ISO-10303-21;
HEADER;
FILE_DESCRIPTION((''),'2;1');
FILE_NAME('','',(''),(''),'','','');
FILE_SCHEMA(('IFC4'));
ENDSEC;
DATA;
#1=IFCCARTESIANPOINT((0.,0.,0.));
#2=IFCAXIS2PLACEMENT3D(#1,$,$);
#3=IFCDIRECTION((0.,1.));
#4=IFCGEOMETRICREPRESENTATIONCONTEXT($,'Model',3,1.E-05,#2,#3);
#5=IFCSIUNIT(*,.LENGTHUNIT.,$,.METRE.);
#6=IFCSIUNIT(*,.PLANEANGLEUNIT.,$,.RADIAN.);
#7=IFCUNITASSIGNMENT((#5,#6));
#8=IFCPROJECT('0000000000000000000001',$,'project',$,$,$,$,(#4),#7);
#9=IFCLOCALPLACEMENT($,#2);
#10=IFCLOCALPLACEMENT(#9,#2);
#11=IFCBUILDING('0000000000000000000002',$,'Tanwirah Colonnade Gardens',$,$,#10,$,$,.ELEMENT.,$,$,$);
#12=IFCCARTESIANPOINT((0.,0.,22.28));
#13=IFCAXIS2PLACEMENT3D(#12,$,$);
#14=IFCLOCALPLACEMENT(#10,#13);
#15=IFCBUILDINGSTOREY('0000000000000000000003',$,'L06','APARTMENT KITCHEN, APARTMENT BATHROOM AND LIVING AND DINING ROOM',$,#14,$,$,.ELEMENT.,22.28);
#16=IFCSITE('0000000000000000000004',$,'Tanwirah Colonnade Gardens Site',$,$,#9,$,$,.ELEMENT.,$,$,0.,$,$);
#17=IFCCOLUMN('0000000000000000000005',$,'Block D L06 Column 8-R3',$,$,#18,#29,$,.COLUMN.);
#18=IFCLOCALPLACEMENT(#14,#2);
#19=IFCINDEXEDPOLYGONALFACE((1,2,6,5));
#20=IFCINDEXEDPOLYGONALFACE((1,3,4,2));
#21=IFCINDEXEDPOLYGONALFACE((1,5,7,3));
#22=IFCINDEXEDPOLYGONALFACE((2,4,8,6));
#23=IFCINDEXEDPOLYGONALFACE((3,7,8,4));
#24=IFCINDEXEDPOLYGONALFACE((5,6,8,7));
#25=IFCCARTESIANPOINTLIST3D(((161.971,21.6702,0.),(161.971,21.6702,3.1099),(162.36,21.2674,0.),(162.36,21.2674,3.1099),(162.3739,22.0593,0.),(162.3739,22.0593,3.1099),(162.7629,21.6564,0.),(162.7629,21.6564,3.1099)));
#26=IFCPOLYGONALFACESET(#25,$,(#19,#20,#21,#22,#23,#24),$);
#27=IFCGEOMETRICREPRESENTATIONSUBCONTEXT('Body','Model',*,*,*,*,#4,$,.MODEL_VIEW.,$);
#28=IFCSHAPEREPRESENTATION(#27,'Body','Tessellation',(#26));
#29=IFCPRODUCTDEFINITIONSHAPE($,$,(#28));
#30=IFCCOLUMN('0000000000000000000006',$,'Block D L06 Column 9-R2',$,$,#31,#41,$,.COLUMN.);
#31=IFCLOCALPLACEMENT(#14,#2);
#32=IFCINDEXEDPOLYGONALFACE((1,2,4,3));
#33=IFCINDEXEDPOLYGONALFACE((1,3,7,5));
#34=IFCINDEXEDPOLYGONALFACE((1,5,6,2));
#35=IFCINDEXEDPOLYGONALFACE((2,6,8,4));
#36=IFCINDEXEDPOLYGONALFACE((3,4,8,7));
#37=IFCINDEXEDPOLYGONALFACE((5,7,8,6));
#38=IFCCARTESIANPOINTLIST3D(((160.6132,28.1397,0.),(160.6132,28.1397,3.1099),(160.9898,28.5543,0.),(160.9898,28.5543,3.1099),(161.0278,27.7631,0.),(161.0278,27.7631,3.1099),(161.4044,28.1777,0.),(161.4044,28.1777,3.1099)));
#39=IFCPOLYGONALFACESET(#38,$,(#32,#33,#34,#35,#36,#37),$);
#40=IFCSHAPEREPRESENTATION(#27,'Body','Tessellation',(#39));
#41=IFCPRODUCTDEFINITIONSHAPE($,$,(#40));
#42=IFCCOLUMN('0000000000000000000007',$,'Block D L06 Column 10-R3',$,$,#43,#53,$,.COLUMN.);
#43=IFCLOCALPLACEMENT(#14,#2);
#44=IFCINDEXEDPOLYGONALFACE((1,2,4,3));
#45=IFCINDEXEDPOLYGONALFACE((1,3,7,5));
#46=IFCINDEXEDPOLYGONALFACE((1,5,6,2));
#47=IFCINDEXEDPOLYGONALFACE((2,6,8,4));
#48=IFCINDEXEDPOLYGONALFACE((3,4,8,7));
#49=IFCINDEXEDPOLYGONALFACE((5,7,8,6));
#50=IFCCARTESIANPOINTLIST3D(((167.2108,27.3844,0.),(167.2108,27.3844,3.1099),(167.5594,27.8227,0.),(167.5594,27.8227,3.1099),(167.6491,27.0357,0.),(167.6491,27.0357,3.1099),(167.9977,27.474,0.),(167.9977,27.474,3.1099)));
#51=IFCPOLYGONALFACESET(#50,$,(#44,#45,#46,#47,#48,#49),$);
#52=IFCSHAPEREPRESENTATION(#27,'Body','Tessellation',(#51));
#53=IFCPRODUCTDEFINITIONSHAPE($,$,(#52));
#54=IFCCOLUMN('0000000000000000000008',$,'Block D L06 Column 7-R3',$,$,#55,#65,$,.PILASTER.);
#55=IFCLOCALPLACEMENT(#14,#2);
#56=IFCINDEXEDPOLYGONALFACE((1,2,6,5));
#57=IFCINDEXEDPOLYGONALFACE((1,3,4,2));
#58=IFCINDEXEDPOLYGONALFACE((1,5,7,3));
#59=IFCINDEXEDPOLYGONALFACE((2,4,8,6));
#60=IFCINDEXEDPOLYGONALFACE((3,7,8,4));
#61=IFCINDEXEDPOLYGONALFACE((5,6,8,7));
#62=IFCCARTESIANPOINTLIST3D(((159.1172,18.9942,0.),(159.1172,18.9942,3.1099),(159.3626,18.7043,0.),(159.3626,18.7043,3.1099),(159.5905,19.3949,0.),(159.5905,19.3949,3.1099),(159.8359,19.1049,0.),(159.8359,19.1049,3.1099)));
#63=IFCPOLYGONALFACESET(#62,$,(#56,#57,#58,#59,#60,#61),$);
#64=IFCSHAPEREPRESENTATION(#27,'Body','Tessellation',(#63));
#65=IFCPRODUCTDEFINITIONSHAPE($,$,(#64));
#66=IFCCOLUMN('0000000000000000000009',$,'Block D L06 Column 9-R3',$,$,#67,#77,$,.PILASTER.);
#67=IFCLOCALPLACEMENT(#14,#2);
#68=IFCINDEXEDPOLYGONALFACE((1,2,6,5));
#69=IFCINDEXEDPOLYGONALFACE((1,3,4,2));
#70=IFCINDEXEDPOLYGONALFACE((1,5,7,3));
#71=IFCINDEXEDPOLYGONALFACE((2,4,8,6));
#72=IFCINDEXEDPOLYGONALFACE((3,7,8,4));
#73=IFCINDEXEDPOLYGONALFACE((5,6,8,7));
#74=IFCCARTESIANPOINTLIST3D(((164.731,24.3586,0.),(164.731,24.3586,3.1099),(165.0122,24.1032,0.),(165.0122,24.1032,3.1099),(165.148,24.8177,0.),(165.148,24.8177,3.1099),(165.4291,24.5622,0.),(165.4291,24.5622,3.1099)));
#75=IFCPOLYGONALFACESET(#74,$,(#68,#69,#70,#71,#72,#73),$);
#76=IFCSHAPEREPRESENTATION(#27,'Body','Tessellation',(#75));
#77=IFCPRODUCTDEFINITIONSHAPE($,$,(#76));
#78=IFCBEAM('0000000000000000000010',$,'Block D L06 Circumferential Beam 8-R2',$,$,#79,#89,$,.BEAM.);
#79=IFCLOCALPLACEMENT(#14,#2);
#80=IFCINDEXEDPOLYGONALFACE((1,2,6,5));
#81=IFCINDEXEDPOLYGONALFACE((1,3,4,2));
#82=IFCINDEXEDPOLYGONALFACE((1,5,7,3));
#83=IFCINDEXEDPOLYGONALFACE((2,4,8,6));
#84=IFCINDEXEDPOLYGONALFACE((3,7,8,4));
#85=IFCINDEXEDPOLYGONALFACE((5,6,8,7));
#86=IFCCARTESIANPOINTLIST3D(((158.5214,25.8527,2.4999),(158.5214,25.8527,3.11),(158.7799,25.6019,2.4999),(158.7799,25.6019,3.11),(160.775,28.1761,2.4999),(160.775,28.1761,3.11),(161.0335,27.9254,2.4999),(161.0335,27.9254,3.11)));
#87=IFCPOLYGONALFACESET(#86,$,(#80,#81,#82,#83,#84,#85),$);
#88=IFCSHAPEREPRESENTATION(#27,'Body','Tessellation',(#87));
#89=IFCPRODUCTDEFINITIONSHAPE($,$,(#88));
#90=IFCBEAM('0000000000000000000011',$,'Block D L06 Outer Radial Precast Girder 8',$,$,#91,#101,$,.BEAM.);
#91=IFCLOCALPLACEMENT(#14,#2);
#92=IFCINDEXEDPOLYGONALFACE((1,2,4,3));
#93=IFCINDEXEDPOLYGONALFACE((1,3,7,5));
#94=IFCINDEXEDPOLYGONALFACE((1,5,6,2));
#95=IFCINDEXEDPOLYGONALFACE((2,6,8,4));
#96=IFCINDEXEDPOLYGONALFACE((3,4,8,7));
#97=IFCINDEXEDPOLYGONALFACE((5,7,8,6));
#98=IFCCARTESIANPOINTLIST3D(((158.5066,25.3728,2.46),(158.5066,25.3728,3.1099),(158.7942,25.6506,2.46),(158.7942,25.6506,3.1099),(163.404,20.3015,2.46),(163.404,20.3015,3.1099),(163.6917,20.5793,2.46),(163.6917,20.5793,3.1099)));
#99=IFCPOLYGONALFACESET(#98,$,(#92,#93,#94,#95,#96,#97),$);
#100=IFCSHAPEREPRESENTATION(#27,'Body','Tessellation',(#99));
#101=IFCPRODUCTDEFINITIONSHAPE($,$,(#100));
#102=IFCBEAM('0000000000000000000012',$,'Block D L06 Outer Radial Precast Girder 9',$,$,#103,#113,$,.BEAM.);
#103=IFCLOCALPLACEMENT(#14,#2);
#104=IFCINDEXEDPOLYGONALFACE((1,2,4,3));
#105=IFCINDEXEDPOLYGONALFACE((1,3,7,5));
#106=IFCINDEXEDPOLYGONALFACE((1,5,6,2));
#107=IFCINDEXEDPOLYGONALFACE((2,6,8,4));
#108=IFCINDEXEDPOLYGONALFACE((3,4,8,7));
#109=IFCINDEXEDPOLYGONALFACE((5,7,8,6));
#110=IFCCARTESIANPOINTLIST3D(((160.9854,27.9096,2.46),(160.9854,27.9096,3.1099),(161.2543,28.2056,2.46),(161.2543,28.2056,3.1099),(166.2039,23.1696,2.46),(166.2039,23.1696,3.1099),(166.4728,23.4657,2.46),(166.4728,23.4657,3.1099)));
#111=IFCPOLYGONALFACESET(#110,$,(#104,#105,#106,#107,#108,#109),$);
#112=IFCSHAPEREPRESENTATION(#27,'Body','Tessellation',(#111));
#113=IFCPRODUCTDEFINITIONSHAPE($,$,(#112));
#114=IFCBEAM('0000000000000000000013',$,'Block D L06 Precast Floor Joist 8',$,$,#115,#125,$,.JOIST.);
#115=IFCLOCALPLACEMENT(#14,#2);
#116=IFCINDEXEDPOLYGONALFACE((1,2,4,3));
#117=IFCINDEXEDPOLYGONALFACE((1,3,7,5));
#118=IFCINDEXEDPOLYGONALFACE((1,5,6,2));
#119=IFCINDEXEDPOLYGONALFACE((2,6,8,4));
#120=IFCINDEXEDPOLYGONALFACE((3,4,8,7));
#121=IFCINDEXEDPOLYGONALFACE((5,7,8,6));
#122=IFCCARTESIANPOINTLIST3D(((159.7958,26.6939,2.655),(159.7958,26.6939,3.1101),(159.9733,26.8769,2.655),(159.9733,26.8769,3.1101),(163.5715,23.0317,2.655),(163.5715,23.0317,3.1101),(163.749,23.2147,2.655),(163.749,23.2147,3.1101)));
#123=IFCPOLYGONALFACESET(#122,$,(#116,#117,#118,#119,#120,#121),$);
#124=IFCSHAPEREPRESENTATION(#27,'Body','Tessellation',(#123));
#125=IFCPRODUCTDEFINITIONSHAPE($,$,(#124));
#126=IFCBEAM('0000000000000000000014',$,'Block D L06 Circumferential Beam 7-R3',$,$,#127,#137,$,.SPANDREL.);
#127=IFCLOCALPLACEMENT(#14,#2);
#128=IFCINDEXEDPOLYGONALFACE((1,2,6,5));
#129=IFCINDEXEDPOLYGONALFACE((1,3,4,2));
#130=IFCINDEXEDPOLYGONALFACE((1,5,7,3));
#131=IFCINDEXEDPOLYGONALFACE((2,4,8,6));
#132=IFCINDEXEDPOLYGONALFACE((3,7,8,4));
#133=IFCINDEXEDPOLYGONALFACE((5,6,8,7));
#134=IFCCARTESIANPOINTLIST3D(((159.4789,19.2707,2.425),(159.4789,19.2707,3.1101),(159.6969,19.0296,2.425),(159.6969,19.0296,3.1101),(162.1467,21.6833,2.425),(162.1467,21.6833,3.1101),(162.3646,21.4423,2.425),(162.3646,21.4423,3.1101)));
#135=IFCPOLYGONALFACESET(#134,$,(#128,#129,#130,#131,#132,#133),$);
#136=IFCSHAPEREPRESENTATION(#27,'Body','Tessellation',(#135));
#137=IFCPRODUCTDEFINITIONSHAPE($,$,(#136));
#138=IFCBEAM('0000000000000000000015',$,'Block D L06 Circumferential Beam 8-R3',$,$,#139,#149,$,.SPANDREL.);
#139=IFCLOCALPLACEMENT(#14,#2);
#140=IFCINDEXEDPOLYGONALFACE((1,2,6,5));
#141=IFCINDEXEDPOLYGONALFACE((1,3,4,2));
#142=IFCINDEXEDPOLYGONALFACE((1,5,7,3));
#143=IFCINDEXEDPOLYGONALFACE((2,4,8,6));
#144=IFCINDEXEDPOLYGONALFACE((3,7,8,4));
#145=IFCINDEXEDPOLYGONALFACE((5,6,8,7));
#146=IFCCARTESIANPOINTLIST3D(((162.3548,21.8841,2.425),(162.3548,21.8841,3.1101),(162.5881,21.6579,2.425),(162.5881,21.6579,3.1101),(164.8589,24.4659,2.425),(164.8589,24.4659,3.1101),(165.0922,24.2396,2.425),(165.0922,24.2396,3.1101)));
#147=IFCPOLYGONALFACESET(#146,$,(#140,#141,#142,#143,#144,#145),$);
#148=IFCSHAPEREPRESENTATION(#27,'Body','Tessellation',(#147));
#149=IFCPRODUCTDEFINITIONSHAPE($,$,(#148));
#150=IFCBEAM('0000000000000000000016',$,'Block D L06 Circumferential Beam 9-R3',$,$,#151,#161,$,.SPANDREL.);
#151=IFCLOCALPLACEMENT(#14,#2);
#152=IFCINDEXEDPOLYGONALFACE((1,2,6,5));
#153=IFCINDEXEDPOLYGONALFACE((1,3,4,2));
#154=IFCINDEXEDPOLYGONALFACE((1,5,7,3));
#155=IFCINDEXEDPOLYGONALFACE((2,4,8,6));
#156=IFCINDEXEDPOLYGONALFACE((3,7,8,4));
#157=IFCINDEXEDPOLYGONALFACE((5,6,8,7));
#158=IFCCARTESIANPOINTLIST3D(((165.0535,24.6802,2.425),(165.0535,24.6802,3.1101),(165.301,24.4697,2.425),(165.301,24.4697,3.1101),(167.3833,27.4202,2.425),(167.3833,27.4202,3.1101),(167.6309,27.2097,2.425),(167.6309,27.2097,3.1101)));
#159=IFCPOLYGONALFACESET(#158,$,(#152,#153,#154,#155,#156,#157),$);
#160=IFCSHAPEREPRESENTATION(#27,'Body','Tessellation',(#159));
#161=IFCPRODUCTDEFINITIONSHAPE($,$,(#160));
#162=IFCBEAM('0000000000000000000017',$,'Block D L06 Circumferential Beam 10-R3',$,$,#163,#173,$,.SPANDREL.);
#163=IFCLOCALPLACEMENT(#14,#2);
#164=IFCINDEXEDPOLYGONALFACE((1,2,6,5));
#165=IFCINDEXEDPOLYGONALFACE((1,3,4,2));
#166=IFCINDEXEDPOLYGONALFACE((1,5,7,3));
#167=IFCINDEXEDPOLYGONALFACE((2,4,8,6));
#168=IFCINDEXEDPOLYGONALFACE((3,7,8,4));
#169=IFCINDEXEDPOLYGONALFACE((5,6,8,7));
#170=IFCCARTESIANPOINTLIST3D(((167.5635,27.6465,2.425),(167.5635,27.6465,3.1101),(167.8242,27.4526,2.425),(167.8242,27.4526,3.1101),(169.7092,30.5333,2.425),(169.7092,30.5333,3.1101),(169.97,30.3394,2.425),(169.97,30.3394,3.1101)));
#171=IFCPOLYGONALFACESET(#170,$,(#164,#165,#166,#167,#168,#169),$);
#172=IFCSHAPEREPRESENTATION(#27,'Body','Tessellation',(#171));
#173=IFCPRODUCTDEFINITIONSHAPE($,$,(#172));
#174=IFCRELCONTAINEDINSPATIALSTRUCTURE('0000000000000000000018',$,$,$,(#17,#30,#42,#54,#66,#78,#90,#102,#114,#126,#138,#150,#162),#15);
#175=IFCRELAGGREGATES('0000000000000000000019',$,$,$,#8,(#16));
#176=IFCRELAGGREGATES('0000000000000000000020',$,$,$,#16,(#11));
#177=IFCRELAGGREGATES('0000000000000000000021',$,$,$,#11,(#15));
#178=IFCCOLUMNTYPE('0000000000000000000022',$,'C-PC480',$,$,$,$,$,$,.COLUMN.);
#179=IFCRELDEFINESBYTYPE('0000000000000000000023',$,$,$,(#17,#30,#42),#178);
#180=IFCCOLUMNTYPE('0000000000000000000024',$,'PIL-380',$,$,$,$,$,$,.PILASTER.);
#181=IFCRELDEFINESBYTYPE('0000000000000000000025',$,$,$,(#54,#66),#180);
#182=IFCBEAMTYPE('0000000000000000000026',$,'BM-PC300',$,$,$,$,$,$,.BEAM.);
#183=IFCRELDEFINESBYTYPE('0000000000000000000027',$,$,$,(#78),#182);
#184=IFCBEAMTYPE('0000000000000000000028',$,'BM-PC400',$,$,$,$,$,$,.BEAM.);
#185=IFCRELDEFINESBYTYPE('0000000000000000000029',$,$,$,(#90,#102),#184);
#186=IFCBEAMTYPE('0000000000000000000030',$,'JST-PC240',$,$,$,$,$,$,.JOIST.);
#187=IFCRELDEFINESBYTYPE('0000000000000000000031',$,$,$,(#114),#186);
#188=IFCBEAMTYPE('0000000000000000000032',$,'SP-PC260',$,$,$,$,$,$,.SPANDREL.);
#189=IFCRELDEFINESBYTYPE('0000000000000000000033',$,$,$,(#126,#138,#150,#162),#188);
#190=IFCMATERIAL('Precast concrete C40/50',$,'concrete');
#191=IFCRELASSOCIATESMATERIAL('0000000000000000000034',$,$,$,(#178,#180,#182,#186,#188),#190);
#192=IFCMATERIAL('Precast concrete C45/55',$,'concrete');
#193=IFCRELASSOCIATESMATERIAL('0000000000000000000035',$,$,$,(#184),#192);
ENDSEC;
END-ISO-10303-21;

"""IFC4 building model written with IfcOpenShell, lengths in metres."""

from ifc_helpers import new_model, si_unit, direction, frame, origin, origin_2d, place, context, subcontext, project, spatial, rectangle, extrude, material, material_profile, profile_set, type_object, element, save


model = new_model("IFC4")

# Units and contexts
model_context = context("Model", 3, precision=1e-05, world=origin(), true_north=direction((0.0, 1.0)))
body_context = subcontext(model_context, "Body", "Model", "MODEL_VIEW")
ifc_project = project(units=[si_unit("LENGTHUNIT", "METRE"), si_unit("PLANEANGLEUNIT", "RADIAN")], contexts=[model_context])

# Site, building, storey
site_placement = place(None, origin())
site = spatial("IfcSite", under=ifc_project, at=site_placement, Name="Tanwirah Colonnade Gardens Site", CompositionType="ELEMENT", RefElevation=0.0)
building_placement = place(site_placement, origin())
building = spatial("IfcBuilding", under=site, at=building_placement, Name="Tanwirah Colonnade Gardens", CompositionType="ELEMENT")
storey_placement = place(building_placement, frame((0.0, 0.0, 22.28)))
storey = spatial("IfcBuildingStorey", under=building, at=storey_placement, Name="L06", Description="APARTMENT KITCHEN, APARTMENT BATHROOM AND LIVING AND DINING ROOM", CompositionType="ELEMENT", Elevation=22.28)

# Columns
ifc_material_1 = material(Name="Precast concrete C40/50", Category="concrete")
ifc_material_profile_1 = material_profile(ifc_material_1, rectangle(XDim=0.5601, YDim=0.5601, at=origin_2d()), Name="PC-COL 560x560")
ifc_profile_set_1 = profile_set([ifc_material_profile_1], Name="Precast concrete C40/50")
column_type_1 = type_object("IfcColumnType", Name="C-PC480", PredefinedType="COLUMN", material=ifc_profile_set_1)
for number, where, z_axis, x_axis, name in (
    (1, (162.3669, 21.6633, 0.0), (0.0, 0.0, 1.0), (0.694658, -0.71934, 0.0), "Block D L06 Column 8-R3"),
    (2, (161.0088, 28.1587, 0.0), (0.0, 0.0, 1.0), (0.740218, -0.672367, 0.0), "Block D L06 Column 9-R2"),
    (3, (167.6042, 27.4292, 0.0), (0.0, 0.0, 1.0), (0.782608, -0.622515, 0.0), "Block D L06 Column 10-R3"),
):
    element("IfcColumn", number, at=place(storey_placement, frame(where, z_axis=z_axis, x_axis=x_axis)), inside=storey, type_object=column_type_1, Name=name, PredefinedType="COLUMN", context=body_context, shape_type="SweptSolid", body=[
        extrude(rectangle(XDim=0.5601, YDim=0.5601, at=origin_2d()), origin(), (0.0, 0.0, 1.0), 3.1099),
    ])
ifc_material_profile_2 = material_profile(ifc_material_1, rectangle(XDim=0.3799, YDim=0.6201, at=origin_2d()), Name="PC-PIL 380x620")
ifc_profile_set_2 = profile_set([ifc_material_profile_2], Name="Precast concrete C40/50")
column_type_2 = type_object("IfcColumnType", Name="PIL-380", PredefinedType="PILASTER", material=ifc_profile_set_2)
for number, where, z_axis, x_axis, name in (
    (4, (159.4766, 19.0496, 0.0), (0.0, 0.0, 1.0), (0.646124, -0.763232, 0.0), "Block D L06 Column 7-R3"),
    (5, (165.0801, 24.4604, 0.0), (0.0, 0.0, 1.0), (0.740218, -0.672367, 0.0), "Block D L06 Column 9-R3"),
):
    element("IfcColumn", number, at=place(storey_placement, frame(where, z_axis=z_axis, x_axis=x_axis)), inside=storey, type_object=column_type_2, Name=name, PredefinedType="PILASTER", context=body_context, shape_type="SweptSolid", body=[
        extrude(rectangle(XDim=0.3799, YDim=0.6201, at=origin_2d()), origin(), (0.0, 0.0, 1.0), 3.1099),
    ])

# Beams
ifc_material_profile_3 = material_profile(ifc_material_1, rectangle(XDim=0.3601, YDim=0.6101, at=origin_2d()), Name="PC-BM 360x610")
ifc_profile_set_3 = profile_set([ifc_material_profile_3], Name="Precast concrete C40/50")
beam_type_1 = type_object("IfcBeamType", Name="BM-PC300", PredefinedType="BEAM", material=ifc_profile_set_3)
beam_1_placement = place(storey_placement, frame((158.6506, 25.7273, 2.8049), z_axis=(0.696239, 0.71781, 0.0), x_axis=(-0.71781, 0.696239, 0.0)))
element("IfcBeam", 6, at=beam_1_placement, inside=storey, type_object=beam_type_1, Name="Block D L06 Circumferential Beam 8-R2", PredefinedType="BEAM", context=body_context, shape_type="SweptSolid", body=[
    extrude(rectangle(XDim=0.3601, YDim=0.6101, at=origin_2d()), origin(), (0.0, 0.0, 1.0), 3.2368),
])
ifc_material_2 = material(Name="Precast concrete C45/55", Category="concrete")
ifc_material_profile_4 = material_profile(ifc_material_2, rectangle(XDim=0.3999, YDim=0.6499, at=origin_2d()), Name="PC-BM 400x650")
ifc_profile_set_4 = profile_set([ifc_material_profile_4], Name="Precast concrete C45/55")
beam_type_2 = type_object("IfcBeamType", Name="BM-PC400", PredefinedType="BEAM", material=ifc_profile_set_4)
beam_2_placement = place(storey_placement, frame((158.6504, 25.5117, 2.7849), z_axis=(0.694671, -0.719327, 0.0), x_axis=(0.719327, 0.694671, 0.0)))
element("IfcBeam", 7, at=beam_2_placement, inside=storey, type_object=beam_type_2, Name="Block D L06 Outer Radial Precast Girder 8", PredefinedType="BEAM", context=body_context, shape_type="SweptSolid", body=[
    extrude(rectangle(XDim=0.3999, YDim=0.6499, at=origin_2d()), origin(), (0.0, 0.0, 1.0), 7.05),
])
beam_3_placement = place(storey_placement, frame((161.1199, 28.0576, 2.7849), z_axis=(0.74023, -0.672354, 0.0), x_axis=(0.672354, 0.74023, 0.0)))
element("IfcBeam", 8, at=beam_3_placement, inside=storey, type_object=beam_type_2, Name="Block D L06 Outer Radial Precast Girder 9", PredefinedType="BEAM", context=body_context, shape_type="SweptSolid", body=[
    extrude(rectangle(XDim=0.3999, YDim=0.6499, at=origin_2d()), origin(), (0.0, 0.0, 1.0), 7.0498),
])
ifc_material_profile_5 = material_profile(ifc_material_1, rectangle(XDim=0.2549, YDim=0.4551, at=origin_2d()), Name="PC-JST 255x455")
ifc_profile_set_5 = profile_set([ifc_material_profile_5], Name="Precast concrete C40/50")
beam_type_3 = type_object("IfcBeamType", Name="JST-PC240", PredefinedType="JOIST", material=ifc_profile_set_5)
beam_4_placement = place(storey_placement, frame((159.8845, 26.7854, 2.8826), z_axis=(0.717816, -0.696233, 0.0), x_axis=(0.696233, 0.717816, 0.0)))
element("IfcBeam", 9, at=beam_4_placement, inside=storey, type_object=beam_type_3, Name="Block D L06 Precast Floor Joist 8", PredefinedType="JOIST", context=body_context, shape_type="SweptSolid", body=[
    extrude(rectangle(XDim=0.2549, YDim=0.4551, at=origin_2d()), origin(), (0.0, 0.0, 1.0), 5.26),
])
ifc_material_profile_6 = material_profile(ifc_material_1, rectangle(XDim=0.325, YDim=0.6851, at=origin_2d()), Name="PC-SP 325x685")
ifc_profile_set_6 = profile_set([ifc_material_profile_6], Name="Precast concrete C40/50")
beam_type_4 = type_object("IfcBeamType", Name="SP-PC260", PredefinedType="SPANDREL", material=ifc_profile_set_6)
beam_5_placement = place(storey_placement, frame((159.5879, 19.1501, 2.7676), z_axis=(0.741682, 0.670752, 0.0), x_axis=(-0.670752, 0.741682, 0.0)))
element("IfcBeam", 10, at=beam_5_placement, inside=storey, type_object=beam_type_4, Name="Block D L06 Circumferential Beam 7-R3", PredefinedType="SPANDREL", context=body_context, shape_type="SweptSolid", body=[
    extrude(rectangle(XDim=0.325, YDim=0.6851, at=origin_2d()), origin(), (0.0, 0.0, 1.0), 3.5969),
])
for number, where, z_axis, x_axis, name in (
    (11, (162.4714, 21.771, 2.7676), (0.696232, 0.717817, 0.0), (-0.717817, 0.696232, 0.0), "Block D L06 Circumferential Beam 8-R3"),
    (12, (165.1772, 24.575, 2.7676), (0.647784, 0.761824, 0.0), (-0.761824, 0.647784, 0.0), "Block D L06 Circumferential Beam 9-R3"),
):
    element("IfcBeam", number, at=place(storey_placement, frame(where, z_axis=z_axis, x_axis=x_axis)), inside=storey, type_object=beam_type_4, Name=name, PredefinedType="SPANDREL", context=body_context, shape_type="SweptSolid", body=[
        extrude(rectangle(XDim=0.325, YDim=0.6851, at=origin_2d()), origin(), (0.0, 0.0, 1.0), 3.5967),
    ])
beam_6_placement = place(storey_placement, frame((167.6938, 27.5496, 2.7676), z_axis=(0.596563, 0.802566, 0.0), x_axis=(-0.802566, 0.596563, 0.0)))
element("IfcBeam", 13, at=beam_6_placement, inside=storey, type_object=beam_type_4, Name="Block D L06 Circumferential Beam 10-R3", PredefinedType="SPANDREL", context=body_context, shape_type="SweptSolid", body=[
    extrude(rectangle(XDim=0.325, YDim=0.6851, at=origin_2d()), origin(), (0.0, 0.0, 1.0), 3.5969),
])

save(model, "model.ifc")
